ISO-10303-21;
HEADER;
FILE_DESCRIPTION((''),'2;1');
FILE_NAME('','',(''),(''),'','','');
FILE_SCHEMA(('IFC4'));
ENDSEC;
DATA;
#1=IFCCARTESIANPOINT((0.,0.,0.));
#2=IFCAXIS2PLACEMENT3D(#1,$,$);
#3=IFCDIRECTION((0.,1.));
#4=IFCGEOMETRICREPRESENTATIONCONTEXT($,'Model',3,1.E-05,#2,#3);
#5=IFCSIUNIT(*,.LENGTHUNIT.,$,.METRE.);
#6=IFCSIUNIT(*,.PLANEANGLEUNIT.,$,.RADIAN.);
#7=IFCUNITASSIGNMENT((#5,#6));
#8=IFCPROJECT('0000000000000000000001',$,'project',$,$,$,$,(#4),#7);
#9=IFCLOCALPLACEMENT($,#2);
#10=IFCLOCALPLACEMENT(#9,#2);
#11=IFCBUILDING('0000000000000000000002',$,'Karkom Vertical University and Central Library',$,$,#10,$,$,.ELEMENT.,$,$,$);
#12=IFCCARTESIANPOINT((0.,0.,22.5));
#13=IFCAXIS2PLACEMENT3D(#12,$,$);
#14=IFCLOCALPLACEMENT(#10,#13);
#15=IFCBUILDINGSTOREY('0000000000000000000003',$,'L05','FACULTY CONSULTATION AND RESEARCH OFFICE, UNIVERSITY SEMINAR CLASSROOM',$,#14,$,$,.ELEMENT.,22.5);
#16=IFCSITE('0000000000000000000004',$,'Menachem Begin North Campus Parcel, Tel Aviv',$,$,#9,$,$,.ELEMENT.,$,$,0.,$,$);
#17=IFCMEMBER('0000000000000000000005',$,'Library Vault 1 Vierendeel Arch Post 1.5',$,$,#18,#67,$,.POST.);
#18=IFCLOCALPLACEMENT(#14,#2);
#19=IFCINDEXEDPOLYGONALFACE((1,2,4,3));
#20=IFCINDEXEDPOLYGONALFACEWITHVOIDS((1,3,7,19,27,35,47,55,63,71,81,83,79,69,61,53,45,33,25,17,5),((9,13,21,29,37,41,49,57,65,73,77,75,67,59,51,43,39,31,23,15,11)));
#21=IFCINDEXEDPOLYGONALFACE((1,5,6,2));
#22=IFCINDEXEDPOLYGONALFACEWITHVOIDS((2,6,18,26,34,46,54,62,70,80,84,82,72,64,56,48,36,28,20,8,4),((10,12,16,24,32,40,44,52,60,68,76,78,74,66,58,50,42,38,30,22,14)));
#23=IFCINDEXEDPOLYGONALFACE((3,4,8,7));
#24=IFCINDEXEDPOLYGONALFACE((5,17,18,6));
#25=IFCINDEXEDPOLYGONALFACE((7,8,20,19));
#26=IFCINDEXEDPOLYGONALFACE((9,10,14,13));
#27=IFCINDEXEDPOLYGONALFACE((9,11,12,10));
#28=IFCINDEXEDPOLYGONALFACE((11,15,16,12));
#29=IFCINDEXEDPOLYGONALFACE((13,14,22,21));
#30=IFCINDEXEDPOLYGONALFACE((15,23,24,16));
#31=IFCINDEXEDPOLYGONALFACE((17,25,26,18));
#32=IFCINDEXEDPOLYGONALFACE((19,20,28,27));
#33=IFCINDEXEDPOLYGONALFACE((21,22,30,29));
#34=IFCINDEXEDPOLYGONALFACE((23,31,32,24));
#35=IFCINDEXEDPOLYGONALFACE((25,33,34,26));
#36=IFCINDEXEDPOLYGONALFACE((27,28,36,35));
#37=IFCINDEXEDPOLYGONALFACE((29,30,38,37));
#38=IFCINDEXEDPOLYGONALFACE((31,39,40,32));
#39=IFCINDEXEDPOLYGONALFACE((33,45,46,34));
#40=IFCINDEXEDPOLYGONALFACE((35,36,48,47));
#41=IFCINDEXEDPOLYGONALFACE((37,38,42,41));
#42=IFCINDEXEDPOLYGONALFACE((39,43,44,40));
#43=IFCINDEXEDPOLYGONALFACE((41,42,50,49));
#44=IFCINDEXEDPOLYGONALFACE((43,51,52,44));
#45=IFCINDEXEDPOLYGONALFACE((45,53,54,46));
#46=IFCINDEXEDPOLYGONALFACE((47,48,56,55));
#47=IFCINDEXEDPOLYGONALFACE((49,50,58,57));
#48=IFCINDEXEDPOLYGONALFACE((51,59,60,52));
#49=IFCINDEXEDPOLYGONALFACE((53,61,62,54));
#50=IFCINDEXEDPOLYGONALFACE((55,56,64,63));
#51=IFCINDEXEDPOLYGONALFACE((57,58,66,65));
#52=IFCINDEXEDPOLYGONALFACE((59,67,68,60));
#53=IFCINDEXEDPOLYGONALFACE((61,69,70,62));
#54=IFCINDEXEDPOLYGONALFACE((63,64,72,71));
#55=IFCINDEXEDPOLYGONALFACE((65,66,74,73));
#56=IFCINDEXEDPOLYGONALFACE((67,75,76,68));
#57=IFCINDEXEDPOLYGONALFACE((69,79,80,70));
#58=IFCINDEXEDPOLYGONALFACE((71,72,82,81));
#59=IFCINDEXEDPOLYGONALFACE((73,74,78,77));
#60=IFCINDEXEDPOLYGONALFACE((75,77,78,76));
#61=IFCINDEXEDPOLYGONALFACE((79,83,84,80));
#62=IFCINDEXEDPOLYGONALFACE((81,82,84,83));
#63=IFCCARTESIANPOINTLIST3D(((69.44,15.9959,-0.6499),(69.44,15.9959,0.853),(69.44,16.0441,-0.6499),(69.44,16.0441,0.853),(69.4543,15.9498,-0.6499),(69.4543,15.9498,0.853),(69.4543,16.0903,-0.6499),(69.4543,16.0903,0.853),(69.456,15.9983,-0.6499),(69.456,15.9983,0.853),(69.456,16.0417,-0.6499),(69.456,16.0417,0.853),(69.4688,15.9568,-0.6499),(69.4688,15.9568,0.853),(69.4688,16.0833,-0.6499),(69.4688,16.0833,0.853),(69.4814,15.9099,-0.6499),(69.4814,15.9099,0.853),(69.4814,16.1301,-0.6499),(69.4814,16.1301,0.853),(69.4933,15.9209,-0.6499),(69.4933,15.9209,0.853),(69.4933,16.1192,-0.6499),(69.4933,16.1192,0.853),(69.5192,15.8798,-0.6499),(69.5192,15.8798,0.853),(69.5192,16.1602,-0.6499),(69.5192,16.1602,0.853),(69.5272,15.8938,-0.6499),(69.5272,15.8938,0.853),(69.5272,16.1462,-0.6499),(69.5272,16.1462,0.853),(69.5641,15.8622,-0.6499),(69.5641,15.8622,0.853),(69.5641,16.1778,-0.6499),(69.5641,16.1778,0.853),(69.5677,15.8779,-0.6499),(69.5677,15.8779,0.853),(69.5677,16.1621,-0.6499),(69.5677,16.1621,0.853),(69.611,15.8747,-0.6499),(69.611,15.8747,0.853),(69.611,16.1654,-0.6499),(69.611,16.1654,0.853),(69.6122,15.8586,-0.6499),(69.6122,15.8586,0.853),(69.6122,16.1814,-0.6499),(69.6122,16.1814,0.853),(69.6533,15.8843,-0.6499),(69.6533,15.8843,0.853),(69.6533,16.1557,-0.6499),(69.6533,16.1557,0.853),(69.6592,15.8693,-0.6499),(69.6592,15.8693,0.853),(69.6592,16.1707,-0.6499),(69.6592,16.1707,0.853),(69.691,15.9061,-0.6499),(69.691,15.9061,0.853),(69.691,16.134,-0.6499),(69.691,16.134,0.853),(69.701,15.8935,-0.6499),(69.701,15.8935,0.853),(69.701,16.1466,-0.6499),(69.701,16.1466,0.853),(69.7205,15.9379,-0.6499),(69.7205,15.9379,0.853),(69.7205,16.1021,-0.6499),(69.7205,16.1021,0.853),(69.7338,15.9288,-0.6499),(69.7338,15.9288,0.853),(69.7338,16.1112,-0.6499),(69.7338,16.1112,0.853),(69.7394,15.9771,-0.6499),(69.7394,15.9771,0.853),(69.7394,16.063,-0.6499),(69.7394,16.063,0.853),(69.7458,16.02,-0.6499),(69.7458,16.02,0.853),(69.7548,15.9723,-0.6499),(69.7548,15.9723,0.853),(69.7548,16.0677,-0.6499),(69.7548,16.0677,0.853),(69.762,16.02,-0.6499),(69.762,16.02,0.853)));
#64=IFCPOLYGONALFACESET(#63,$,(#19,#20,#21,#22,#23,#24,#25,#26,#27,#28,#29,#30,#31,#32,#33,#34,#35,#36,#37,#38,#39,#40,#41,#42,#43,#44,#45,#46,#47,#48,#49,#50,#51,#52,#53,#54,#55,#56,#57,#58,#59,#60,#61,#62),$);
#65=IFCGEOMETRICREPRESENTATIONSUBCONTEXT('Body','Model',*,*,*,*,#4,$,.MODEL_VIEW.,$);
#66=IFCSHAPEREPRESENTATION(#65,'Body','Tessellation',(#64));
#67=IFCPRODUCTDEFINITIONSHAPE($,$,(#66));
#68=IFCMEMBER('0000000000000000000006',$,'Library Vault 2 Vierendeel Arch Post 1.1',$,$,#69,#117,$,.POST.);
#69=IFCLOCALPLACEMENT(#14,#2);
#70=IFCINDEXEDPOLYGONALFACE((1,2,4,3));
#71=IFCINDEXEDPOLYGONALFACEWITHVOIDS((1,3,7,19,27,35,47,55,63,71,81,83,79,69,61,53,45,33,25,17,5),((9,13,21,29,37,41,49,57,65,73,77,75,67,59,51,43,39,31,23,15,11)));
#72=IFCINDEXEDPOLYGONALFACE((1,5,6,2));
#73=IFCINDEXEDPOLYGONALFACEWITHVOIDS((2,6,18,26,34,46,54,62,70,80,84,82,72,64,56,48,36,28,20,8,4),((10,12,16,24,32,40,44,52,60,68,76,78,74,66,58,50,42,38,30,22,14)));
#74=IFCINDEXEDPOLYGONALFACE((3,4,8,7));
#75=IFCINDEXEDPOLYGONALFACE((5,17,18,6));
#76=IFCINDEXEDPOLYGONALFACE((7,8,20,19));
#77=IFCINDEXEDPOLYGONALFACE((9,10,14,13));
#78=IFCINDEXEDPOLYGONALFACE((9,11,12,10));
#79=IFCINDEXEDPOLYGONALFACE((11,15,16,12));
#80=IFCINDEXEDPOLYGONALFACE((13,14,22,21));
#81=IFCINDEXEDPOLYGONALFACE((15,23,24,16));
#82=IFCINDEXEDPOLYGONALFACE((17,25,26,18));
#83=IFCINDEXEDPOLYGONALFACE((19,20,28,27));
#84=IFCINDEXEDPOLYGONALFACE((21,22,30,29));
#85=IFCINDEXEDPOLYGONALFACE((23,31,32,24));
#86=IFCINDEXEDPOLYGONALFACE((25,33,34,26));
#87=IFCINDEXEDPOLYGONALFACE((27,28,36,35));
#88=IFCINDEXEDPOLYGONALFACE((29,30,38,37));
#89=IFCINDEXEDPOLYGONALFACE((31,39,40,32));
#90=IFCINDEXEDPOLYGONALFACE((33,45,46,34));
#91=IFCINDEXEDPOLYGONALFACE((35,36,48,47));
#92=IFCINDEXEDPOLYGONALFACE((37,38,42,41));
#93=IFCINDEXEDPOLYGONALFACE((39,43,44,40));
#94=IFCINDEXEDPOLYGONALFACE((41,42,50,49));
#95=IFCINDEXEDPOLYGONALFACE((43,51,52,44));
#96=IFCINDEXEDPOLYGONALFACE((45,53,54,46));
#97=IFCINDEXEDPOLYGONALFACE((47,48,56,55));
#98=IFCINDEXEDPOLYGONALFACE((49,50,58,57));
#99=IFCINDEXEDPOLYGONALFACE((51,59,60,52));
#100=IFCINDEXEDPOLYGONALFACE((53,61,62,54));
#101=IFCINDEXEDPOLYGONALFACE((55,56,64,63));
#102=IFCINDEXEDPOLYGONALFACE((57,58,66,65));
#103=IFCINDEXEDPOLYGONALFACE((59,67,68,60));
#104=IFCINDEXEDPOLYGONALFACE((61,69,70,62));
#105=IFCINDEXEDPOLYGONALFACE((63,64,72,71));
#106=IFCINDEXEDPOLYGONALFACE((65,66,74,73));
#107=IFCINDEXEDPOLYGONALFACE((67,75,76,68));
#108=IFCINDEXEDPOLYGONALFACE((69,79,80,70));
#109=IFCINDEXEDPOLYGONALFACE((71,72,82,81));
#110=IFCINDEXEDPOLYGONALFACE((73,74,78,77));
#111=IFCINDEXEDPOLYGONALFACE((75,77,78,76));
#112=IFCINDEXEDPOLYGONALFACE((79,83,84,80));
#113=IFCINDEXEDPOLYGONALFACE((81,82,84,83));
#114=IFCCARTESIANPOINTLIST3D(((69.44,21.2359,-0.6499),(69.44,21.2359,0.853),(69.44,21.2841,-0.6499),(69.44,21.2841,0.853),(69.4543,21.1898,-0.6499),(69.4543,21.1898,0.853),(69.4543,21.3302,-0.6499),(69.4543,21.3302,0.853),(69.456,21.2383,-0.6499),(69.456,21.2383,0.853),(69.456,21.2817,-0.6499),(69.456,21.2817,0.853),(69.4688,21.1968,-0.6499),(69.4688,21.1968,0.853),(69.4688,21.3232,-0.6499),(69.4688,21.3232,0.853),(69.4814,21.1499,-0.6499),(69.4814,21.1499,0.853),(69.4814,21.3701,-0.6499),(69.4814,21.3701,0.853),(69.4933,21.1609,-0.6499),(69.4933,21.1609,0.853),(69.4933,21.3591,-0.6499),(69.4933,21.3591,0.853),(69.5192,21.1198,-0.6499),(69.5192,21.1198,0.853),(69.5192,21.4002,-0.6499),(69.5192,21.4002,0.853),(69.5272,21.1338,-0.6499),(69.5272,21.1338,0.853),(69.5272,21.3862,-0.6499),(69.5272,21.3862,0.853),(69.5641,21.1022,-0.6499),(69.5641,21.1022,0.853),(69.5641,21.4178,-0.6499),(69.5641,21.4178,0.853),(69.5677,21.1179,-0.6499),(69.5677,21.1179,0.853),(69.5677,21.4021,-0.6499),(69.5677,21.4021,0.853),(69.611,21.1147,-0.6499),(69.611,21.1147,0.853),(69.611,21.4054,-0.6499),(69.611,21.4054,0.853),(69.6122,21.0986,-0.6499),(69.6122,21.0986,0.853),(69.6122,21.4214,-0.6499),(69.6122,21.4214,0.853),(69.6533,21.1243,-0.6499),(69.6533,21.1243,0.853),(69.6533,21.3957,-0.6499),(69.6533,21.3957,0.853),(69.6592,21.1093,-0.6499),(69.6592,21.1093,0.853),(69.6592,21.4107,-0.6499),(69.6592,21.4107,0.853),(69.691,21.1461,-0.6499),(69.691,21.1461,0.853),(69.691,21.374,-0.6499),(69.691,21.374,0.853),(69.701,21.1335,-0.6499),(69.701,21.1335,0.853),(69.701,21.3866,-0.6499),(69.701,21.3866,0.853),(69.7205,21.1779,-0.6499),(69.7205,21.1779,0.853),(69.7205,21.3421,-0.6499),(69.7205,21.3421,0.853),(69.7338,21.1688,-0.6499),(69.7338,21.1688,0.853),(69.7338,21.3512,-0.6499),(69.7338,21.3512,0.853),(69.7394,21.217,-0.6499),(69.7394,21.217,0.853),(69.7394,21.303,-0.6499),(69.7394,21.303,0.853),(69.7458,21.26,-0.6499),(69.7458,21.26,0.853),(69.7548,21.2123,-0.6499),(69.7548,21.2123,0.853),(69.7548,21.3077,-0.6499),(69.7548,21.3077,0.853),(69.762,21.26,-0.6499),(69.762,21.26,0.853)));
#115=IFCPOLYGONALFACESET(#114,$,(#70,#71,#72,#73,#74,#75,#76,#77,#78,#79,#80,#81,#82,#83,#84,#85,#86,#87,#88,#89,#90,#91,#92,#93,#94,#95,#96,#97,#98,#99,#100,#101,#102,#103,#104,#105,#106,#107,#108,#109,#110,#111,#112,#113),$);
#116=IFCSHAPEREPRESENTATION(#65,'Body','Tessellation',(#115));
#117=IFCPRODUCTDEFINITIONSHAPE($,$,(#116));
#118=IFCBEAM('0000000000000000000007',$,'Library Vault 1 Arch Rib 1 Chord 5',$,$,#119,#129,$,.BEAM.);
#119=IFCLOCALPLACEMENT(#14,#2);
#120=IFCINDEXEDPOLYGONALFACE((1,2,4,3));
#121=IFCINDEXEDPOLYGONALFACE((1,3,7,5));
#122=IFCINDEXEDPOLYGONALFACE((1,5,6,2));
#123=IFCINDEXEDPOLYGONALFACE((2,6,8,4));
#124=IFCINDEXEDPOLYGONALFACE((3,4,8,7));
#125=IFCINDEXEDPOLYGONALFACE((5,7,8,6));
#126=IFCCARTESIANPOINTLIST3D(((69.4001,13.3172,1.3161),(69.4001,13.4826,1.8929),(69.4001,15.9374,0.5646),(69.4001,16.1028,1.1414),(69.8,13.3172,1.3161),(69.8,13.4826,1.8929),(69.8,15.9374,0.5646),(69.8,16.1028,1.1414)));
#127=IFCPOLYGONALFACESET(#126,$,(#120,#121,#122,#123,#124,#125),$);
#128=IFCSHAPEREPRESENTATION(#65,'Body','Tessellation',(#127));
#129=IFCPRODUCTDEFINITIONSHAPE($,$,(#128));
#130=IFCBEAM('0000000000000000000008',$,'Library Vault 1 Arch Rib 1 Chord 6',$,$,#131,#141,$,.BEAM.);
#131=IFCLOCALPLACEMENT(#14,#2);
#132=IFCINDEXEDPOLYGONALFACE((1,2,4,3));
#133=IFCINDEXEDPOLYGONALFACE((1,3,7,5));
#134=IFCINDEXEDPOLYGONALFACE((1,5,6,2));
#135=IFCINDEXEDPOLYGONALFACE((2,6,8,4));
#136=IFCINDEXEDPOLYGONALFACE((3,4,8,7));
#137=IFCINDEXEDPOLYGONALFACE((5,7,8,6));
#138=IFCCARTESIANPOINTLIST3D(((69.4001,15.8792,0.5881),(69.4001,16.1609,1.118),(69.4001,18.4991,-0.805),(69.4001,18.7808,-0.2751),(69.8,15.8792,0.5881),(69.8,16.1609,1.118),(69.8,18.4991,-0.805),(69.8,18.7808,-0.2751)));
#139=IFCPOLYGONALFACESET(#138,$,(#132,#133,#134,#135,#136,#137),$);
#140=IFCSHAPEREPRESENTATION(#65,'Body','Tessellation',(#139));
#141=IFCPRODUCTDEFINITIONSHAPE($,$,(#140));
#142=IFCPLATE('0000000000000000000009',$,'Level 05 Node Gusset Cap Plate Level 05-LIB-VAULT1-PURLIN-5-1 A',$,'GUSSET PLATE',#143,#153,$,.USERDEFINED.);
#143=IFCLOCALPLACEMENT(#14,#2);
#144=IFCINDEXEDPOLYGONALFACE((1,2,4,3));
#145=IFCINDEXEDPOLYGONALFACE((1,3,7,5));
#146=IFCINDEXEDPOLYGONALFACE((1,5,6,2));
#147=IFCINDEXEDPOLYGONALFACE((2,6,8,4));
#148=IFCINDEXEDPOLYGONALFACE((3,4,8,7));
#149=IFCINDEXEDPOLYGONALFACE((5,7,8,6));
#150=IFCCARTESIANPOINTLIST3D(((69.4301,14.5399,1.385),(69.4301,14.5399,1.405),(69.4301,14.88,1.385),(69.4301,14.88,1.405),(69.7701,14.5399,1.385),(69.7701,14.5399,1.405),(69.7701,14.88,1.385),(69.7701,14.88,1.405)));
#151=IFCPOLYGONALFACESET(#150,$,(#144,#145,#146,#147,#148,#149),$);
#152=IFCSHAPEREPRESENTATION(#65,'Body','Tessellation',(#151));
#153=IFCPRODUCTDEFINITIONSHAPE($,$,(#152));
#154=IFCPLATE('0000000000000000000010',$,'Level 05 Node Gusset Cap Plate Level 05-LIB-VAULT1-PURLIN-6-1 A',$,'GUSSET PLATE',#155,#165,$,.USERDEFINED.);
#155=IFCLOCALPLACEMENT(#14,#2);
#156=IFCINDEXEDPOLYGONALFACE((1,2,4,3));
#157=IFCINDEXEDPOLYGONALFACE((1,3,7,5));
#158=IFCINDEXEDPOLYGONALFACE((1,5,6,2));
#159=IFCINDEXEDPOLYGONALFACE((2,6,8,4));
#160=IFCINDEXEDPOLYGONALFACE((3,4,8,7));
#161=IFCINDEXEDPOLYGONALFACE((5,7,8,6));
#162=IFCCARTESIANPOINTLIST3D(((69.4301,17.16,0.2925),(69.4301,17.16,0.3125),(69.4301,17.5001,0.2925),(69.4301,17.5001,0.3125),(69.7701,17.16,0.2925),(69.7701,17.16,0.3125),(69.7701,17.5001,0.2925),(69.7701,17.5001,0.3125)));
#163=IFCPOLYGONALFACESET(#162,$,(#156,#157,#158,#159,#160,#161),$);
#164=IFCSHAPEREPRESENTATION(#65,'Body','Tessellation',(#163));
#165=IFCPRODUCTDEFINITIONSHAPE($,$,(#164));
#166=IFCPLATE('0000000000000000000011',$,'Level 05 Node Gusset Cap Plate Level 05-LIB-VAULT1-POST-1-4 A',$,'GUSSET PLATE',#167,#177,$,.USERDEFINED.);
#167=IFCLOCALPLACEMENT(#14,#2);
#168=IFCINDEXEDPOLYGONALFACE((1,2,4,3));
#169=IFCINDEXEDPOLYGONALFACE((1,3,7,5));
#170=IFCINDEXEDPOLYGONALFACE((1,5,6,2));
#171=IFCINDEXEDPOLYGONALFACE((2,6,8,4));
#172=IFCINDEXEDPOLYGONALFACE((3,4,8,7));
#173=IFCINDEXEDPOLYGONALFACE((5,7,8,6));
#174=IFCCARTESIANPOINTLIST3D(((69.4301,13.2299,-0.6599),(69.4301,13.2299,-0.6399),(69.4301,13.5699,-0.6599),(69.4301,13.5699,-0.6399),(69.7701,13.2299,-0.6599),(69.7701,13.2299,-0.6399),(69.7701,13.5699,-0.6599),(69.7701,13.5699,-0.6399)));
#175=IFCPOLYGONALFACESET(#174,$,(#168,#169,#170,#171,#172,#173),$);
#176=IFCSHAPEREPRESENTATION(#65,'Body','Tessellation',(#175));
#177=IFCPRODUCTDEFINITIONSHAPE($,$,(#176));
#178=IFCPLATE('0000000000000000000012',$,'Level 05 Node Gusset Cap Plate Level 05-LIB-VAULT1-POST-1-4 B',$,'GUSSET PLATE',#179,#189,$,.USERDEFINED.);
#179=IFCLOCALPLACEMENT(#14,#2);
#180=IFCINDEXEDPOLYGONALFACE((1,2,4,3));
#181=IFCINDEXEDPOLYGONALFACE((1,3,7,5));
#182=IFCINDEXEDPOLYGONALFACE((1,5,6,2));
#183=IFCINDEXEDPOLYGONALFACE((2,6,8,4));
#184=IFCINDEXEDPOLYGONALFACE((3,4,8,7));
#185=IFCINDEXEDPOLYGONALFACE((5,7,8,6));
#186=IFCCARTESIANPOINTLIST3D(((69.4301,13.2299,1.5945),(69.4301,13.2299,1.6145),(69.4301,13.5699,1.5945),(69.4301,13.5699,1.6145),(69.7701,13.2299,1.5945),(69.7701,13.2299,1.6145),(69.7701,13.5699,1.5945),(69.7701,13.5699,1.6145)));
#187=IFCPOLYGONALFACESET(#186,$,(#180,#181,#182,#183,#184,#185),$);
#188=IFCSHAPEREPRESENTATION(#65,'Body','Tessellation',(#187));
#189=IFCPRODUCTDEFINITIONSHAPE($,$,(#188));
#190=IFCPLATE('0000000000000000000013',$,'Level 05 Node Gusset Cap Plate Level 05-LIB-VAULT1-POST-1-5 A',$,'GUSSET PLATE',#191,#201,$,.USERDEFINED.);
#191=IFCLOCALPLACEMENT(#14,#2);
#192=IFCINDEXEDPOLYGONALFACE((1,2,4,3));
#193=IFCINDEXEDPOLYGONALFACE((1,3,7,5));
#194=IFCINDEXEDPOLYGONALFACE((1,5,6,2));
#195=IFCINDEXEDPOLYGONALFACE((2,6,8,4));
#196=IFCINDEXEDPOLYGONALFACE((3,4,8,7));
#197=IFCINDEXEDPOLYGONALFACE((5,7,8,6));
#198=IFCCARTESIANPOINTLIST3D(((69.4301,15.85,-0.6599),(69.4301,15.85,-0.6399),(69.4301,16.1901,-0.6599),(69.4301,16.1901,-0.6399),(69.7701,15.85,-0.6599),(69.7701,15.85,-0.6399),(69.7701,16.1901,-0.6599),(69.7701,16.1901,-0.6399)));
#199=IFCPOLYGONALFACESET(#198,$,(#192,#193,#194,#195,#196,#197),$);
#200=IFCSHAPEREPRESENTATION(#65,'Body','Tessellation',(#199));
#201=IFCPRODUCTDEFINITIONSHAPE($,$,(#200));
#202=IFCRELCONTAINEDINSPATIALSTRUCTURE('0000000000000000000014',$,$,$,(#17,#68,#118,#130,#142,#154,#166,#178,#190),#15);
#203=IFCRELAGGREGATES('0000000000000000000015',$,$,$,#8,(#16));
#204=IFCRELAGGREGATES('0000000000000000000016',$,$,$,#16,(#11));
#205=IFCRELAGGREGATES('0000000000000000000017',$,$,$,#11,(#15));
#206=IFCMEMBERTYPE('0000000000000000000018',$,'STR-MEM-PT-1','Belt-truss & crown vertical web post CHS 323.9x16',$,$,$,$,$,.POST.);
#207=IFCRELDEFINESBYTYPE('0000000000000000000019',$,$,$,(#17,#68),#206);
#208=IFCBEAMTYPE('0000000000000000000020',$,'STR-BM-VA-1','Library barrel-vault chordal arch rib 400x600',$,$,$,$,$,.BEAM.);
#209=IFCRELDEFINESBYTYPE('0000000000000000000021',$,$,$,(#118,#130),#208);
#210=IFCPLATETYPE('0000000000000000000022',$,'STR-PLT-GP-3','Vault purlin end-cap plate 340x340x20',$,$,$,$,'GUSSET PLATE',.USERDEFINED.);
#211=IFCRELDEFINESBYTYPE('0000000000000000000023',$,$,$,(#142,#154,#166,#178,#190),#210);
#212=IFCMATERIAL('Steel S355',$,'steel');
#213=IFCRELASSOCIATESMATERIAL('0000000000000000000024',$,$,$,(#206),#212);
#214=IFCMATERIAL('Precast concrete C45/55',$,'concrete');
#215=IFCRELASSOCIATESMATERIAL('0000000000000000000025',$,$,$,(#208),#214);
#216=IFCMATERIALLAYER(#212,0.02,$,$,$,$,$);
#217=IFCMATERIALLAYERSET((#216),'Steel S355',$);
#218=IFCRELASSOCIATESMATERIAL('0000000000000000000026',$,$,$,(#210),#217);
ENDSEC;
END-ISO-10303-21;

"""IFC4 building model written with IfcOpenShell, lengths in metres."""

from ifc_helpers import new_model, si_unit, direction, frame, origin, origin_with_axes, origin_2d, place, context, subcontext, project, spatial, rectangle, hollow_circle, extrude, source, transform, mapped, material, layer, layer_set, material_profile, profile_set, type_object, element, save


model = new_model("IFC4")

# Units and contexts
model_context = context("Model", 3, precision=1e-05, world=origin(), true_north=direction((0.0, 1.0)))
body_context = subcontext(model_context, "Body", "Model", "MODEL_VIEW")
ifc_project = project(units=[si_unit("LENGTHUNIT", "METRE"), si_unit("PLANEANGLEUNIT", "RADIAN")], contexts=[model_context])

# Site, building, storey
site_placement = place(None, origin())
site = spatial("IfcSite", under=ifc_project, at=site_placement, Name="Menachem Begin North Campus Parcel, Tel Aviv", CompositionType="ELEMENT", RefElevation=0.0)
building_placement = place(site_placement, origin())
building = spatial("IfcBuilding", under=site, at=building_placement, Name="Karkom Vertical University and Central Library", CompositionType="ELEMENT")
storey_placement = place(building_placement, frame((0.0, 0.0, 22.5)))
storey = spatial("IfcBuildingStorey", under=building, at=storey_placement, Name="L05", Description="FACULTY CONSULTATION AND RESEARCH OFFICE, UNIVERSITY SEMINAR CLASSROOM", CompositionType="ELEMENT", Elevation=22.5)

# Members
ifc_material_1 = material(Name="Steel S355", Category="steel")
ifc_material_profile_1 = material_profile(ifc_material_1, hollow_circle(Radius=0.1619, WallThickness=0.0161, at=origin_2d()), Name="CHS 323.9x16")
ifc_profile_set_1 = profile_set([ifc_material_profile_1], Name="Steel S355")
member_type_1 = type_object("IfcMemberType", Name="STR-MEM-PT-1", Description="Belt-truss & crown vertical web post CHS 323.9x16", PredefinedType="POST", material=ifc_profile_set_1)
shared_shape_1 = source(origin_with_axes(), body_context, "Body", "SweptSolid", [
    extrude(hollow_circle(Radius=0.1619, WallThickness=0.0161, at=origin_2d()), origin(), (0.0, 0.0, 1.0), 1.5029),
])
for number, where, z_axis, x_axis, name in (
    (1, (69.6001, 16.02, -0.6499), (0.0, 0.0, 1.0), (1.0, 0.0, 0.0), "Library Vault 1 Vierendeel Arch Post 1.5"),
    (2, (69.6001, 21.26, -0.6499), (0.0, 0.0, 1.0), (1.0, 0.0, 0.0), "Library Vault 2 Vierendeel Arch Post 1.1"),
):
    element("IfcMember", number, at=place(storey_placement, frame(where, z_axis=z_axis, x_axis=x_axis)), inside=storey, type_object=member_type_1, Name=name, PredefinedType="POST", context=body_context, shape_type="MappedRepresentation", body=[
        mapped(shared_shape_1, transform((0.0, 0.0, 0.0), scale=1.0)),
    ])

# Beams
ifc_material_2 = material(Name="Precast concrete C45/55", Category="concrete")
ifc_material_profile_2 = material_profile(ifc_material_2, rectangle(XDim=0.3999, YDim=0.6001, at=origin_2d()), Name="RCB-400x600")
ifc_profile_set_2 = profile_set([ifc_material_profile_2], Name="Precast concrete C45/55")
beam_type = type_object("IfcBeamType", Name="STR-BM-VA-1", Description="Library barrel-vault chordal arch rib 400x600", PredefinedType="BEAM", material=ifc_profile_set_2)
shared_shape_2 = source(origin_with_axes(), body_context, "Body", "SweptSolid", [
    extrude(rectangle(XDim=0.3999, YDim=0.6001, at=origin_2d()), origin(), (0.0, 0.0, 1.0), 2.7258),
])
beam_1_placement = place(storey_placement, frame((69.6001, 13.3999, 1.6045), z_axis=(0.0, 0.961246, -0.275691), x_axis=(-1.0, 0.0, 0.0)))
element("IfcBeam", 3, at=beam_1_placement, inside=storey, type_object=beam_type, Name="Library Vault 1 Arch Rib 1 Chord 5", PredefinedType="BEAM", context=body_context, shape_type="MappedRepresentation", body=[
    mapped(shared_shape_2, transform((0.0, 0.0, 0.0), scale=1.0)),
])
shared_shape_3 = source(origin_with_axes(), body_context, "Body", "SweptSolid", [
    extrude(rectangle(XDim=0.3999, YDim=0.6001, at=origin_2d()), origin(), (0.0, 0.0, 1.0), 2.9673),
])
beam_2_placement = place(storey_placement, frame((69.6001, 16.02, 0.853), z_axis=(0.0, 0.88294, -0.469486), x_axis=(-1.0, 0.0, 0.0)))
element("IfcBeam", 4, at=beam_2_placement, inside=storey, type_object=beam_type, Name="Library Vault 1 Arch Rib 1 Chord 6", PredefinedType="BEAM", context=body_context, shape_type="MappedRepresentation", body=[
    mapped(shared_shape_3, transform((0.0, 0.0, 0.0), scale=1.0)),
])

# Plates
ifc_layer = layer(ifc_material_1, 0.02)
ifc_layer_set = layer_set([ifc_layer], Name="Steel S355")
plate_type = type_object("IfcPlateType", Name="STR-PLT-GP-3", Description="Vault purlin end-cap plate 340x340x20", ElementType="GUSSET PLATE", PredefinedType="USERDEFINED", material=ifc_layer_set)
shared_shape_4 = source(origin_with_axes(), body_context, "Body", "SweptSolid", [
    extrude(rectangle(XDim=0.3401, YDim=0.3401, at=origin_2d()), origin(), (0.0, 0.0, 1.0), 0.02),
])
for number, where, z_axis, x_axis, name in (
    (5, (69.6001, 14.71, 1.385), (0.0, 0.0, 1.0), (1.0, 0.0, 0.0), "Level 05 Node Gusset Cap Plate Level 05-LIB-VAULT1-PURLIN-5-1 A"),
    (6, (69.6001, 17.3301, 0.2925), (0.0, 0.0, 1.0), (1.0, 0.0, 0.0), "Level 05 Node Gusset Cap Plate Level 05-LIB-VAULT1-PURLIN-6-1 A"),
    (7, (69.6001, 13.3999, -0.6599), (0.0, 0.0, 1.0), (1.0, 0.0, 0.0), "Level 05 Node Gusset Cap Plate Level 05-LIB-VAULT1-POST-1-4 A"),
    (8, (69.6001, 13.3999, 1.5945), (0.0, 0.0, 1.0), (1.0, 0.0, 0.0), "Level 05 Node Gusset Cap Plate Level 05-LIB-VAULT1-POST-1-4 B"),
    (9, (69.6001, 16.02, -0.6599), (0.0, 0.0, 1.0), (1.0, 0.0, 0.0), "Level 05 Node Gusset Cap Plate Level 05-LIB-VAULT1-POST-1-5 A"),
):
    element("IfcPlate", number, at=place(storey_placement, frame(where, z_axis=z_axis, x_axis=x_axis)), inside=storey, type_object=plate_type, Name=name, ObjectType="GUSSET PLATE", PredefinedType="USERDEFINED", context=body_context, shape_type="MappedRepresentation", body=[
        mapped(shared_shape_4, transform((0.0, 0.0, 0.0), scale=1.0)),
    ])

save(model, "model.ifc")
